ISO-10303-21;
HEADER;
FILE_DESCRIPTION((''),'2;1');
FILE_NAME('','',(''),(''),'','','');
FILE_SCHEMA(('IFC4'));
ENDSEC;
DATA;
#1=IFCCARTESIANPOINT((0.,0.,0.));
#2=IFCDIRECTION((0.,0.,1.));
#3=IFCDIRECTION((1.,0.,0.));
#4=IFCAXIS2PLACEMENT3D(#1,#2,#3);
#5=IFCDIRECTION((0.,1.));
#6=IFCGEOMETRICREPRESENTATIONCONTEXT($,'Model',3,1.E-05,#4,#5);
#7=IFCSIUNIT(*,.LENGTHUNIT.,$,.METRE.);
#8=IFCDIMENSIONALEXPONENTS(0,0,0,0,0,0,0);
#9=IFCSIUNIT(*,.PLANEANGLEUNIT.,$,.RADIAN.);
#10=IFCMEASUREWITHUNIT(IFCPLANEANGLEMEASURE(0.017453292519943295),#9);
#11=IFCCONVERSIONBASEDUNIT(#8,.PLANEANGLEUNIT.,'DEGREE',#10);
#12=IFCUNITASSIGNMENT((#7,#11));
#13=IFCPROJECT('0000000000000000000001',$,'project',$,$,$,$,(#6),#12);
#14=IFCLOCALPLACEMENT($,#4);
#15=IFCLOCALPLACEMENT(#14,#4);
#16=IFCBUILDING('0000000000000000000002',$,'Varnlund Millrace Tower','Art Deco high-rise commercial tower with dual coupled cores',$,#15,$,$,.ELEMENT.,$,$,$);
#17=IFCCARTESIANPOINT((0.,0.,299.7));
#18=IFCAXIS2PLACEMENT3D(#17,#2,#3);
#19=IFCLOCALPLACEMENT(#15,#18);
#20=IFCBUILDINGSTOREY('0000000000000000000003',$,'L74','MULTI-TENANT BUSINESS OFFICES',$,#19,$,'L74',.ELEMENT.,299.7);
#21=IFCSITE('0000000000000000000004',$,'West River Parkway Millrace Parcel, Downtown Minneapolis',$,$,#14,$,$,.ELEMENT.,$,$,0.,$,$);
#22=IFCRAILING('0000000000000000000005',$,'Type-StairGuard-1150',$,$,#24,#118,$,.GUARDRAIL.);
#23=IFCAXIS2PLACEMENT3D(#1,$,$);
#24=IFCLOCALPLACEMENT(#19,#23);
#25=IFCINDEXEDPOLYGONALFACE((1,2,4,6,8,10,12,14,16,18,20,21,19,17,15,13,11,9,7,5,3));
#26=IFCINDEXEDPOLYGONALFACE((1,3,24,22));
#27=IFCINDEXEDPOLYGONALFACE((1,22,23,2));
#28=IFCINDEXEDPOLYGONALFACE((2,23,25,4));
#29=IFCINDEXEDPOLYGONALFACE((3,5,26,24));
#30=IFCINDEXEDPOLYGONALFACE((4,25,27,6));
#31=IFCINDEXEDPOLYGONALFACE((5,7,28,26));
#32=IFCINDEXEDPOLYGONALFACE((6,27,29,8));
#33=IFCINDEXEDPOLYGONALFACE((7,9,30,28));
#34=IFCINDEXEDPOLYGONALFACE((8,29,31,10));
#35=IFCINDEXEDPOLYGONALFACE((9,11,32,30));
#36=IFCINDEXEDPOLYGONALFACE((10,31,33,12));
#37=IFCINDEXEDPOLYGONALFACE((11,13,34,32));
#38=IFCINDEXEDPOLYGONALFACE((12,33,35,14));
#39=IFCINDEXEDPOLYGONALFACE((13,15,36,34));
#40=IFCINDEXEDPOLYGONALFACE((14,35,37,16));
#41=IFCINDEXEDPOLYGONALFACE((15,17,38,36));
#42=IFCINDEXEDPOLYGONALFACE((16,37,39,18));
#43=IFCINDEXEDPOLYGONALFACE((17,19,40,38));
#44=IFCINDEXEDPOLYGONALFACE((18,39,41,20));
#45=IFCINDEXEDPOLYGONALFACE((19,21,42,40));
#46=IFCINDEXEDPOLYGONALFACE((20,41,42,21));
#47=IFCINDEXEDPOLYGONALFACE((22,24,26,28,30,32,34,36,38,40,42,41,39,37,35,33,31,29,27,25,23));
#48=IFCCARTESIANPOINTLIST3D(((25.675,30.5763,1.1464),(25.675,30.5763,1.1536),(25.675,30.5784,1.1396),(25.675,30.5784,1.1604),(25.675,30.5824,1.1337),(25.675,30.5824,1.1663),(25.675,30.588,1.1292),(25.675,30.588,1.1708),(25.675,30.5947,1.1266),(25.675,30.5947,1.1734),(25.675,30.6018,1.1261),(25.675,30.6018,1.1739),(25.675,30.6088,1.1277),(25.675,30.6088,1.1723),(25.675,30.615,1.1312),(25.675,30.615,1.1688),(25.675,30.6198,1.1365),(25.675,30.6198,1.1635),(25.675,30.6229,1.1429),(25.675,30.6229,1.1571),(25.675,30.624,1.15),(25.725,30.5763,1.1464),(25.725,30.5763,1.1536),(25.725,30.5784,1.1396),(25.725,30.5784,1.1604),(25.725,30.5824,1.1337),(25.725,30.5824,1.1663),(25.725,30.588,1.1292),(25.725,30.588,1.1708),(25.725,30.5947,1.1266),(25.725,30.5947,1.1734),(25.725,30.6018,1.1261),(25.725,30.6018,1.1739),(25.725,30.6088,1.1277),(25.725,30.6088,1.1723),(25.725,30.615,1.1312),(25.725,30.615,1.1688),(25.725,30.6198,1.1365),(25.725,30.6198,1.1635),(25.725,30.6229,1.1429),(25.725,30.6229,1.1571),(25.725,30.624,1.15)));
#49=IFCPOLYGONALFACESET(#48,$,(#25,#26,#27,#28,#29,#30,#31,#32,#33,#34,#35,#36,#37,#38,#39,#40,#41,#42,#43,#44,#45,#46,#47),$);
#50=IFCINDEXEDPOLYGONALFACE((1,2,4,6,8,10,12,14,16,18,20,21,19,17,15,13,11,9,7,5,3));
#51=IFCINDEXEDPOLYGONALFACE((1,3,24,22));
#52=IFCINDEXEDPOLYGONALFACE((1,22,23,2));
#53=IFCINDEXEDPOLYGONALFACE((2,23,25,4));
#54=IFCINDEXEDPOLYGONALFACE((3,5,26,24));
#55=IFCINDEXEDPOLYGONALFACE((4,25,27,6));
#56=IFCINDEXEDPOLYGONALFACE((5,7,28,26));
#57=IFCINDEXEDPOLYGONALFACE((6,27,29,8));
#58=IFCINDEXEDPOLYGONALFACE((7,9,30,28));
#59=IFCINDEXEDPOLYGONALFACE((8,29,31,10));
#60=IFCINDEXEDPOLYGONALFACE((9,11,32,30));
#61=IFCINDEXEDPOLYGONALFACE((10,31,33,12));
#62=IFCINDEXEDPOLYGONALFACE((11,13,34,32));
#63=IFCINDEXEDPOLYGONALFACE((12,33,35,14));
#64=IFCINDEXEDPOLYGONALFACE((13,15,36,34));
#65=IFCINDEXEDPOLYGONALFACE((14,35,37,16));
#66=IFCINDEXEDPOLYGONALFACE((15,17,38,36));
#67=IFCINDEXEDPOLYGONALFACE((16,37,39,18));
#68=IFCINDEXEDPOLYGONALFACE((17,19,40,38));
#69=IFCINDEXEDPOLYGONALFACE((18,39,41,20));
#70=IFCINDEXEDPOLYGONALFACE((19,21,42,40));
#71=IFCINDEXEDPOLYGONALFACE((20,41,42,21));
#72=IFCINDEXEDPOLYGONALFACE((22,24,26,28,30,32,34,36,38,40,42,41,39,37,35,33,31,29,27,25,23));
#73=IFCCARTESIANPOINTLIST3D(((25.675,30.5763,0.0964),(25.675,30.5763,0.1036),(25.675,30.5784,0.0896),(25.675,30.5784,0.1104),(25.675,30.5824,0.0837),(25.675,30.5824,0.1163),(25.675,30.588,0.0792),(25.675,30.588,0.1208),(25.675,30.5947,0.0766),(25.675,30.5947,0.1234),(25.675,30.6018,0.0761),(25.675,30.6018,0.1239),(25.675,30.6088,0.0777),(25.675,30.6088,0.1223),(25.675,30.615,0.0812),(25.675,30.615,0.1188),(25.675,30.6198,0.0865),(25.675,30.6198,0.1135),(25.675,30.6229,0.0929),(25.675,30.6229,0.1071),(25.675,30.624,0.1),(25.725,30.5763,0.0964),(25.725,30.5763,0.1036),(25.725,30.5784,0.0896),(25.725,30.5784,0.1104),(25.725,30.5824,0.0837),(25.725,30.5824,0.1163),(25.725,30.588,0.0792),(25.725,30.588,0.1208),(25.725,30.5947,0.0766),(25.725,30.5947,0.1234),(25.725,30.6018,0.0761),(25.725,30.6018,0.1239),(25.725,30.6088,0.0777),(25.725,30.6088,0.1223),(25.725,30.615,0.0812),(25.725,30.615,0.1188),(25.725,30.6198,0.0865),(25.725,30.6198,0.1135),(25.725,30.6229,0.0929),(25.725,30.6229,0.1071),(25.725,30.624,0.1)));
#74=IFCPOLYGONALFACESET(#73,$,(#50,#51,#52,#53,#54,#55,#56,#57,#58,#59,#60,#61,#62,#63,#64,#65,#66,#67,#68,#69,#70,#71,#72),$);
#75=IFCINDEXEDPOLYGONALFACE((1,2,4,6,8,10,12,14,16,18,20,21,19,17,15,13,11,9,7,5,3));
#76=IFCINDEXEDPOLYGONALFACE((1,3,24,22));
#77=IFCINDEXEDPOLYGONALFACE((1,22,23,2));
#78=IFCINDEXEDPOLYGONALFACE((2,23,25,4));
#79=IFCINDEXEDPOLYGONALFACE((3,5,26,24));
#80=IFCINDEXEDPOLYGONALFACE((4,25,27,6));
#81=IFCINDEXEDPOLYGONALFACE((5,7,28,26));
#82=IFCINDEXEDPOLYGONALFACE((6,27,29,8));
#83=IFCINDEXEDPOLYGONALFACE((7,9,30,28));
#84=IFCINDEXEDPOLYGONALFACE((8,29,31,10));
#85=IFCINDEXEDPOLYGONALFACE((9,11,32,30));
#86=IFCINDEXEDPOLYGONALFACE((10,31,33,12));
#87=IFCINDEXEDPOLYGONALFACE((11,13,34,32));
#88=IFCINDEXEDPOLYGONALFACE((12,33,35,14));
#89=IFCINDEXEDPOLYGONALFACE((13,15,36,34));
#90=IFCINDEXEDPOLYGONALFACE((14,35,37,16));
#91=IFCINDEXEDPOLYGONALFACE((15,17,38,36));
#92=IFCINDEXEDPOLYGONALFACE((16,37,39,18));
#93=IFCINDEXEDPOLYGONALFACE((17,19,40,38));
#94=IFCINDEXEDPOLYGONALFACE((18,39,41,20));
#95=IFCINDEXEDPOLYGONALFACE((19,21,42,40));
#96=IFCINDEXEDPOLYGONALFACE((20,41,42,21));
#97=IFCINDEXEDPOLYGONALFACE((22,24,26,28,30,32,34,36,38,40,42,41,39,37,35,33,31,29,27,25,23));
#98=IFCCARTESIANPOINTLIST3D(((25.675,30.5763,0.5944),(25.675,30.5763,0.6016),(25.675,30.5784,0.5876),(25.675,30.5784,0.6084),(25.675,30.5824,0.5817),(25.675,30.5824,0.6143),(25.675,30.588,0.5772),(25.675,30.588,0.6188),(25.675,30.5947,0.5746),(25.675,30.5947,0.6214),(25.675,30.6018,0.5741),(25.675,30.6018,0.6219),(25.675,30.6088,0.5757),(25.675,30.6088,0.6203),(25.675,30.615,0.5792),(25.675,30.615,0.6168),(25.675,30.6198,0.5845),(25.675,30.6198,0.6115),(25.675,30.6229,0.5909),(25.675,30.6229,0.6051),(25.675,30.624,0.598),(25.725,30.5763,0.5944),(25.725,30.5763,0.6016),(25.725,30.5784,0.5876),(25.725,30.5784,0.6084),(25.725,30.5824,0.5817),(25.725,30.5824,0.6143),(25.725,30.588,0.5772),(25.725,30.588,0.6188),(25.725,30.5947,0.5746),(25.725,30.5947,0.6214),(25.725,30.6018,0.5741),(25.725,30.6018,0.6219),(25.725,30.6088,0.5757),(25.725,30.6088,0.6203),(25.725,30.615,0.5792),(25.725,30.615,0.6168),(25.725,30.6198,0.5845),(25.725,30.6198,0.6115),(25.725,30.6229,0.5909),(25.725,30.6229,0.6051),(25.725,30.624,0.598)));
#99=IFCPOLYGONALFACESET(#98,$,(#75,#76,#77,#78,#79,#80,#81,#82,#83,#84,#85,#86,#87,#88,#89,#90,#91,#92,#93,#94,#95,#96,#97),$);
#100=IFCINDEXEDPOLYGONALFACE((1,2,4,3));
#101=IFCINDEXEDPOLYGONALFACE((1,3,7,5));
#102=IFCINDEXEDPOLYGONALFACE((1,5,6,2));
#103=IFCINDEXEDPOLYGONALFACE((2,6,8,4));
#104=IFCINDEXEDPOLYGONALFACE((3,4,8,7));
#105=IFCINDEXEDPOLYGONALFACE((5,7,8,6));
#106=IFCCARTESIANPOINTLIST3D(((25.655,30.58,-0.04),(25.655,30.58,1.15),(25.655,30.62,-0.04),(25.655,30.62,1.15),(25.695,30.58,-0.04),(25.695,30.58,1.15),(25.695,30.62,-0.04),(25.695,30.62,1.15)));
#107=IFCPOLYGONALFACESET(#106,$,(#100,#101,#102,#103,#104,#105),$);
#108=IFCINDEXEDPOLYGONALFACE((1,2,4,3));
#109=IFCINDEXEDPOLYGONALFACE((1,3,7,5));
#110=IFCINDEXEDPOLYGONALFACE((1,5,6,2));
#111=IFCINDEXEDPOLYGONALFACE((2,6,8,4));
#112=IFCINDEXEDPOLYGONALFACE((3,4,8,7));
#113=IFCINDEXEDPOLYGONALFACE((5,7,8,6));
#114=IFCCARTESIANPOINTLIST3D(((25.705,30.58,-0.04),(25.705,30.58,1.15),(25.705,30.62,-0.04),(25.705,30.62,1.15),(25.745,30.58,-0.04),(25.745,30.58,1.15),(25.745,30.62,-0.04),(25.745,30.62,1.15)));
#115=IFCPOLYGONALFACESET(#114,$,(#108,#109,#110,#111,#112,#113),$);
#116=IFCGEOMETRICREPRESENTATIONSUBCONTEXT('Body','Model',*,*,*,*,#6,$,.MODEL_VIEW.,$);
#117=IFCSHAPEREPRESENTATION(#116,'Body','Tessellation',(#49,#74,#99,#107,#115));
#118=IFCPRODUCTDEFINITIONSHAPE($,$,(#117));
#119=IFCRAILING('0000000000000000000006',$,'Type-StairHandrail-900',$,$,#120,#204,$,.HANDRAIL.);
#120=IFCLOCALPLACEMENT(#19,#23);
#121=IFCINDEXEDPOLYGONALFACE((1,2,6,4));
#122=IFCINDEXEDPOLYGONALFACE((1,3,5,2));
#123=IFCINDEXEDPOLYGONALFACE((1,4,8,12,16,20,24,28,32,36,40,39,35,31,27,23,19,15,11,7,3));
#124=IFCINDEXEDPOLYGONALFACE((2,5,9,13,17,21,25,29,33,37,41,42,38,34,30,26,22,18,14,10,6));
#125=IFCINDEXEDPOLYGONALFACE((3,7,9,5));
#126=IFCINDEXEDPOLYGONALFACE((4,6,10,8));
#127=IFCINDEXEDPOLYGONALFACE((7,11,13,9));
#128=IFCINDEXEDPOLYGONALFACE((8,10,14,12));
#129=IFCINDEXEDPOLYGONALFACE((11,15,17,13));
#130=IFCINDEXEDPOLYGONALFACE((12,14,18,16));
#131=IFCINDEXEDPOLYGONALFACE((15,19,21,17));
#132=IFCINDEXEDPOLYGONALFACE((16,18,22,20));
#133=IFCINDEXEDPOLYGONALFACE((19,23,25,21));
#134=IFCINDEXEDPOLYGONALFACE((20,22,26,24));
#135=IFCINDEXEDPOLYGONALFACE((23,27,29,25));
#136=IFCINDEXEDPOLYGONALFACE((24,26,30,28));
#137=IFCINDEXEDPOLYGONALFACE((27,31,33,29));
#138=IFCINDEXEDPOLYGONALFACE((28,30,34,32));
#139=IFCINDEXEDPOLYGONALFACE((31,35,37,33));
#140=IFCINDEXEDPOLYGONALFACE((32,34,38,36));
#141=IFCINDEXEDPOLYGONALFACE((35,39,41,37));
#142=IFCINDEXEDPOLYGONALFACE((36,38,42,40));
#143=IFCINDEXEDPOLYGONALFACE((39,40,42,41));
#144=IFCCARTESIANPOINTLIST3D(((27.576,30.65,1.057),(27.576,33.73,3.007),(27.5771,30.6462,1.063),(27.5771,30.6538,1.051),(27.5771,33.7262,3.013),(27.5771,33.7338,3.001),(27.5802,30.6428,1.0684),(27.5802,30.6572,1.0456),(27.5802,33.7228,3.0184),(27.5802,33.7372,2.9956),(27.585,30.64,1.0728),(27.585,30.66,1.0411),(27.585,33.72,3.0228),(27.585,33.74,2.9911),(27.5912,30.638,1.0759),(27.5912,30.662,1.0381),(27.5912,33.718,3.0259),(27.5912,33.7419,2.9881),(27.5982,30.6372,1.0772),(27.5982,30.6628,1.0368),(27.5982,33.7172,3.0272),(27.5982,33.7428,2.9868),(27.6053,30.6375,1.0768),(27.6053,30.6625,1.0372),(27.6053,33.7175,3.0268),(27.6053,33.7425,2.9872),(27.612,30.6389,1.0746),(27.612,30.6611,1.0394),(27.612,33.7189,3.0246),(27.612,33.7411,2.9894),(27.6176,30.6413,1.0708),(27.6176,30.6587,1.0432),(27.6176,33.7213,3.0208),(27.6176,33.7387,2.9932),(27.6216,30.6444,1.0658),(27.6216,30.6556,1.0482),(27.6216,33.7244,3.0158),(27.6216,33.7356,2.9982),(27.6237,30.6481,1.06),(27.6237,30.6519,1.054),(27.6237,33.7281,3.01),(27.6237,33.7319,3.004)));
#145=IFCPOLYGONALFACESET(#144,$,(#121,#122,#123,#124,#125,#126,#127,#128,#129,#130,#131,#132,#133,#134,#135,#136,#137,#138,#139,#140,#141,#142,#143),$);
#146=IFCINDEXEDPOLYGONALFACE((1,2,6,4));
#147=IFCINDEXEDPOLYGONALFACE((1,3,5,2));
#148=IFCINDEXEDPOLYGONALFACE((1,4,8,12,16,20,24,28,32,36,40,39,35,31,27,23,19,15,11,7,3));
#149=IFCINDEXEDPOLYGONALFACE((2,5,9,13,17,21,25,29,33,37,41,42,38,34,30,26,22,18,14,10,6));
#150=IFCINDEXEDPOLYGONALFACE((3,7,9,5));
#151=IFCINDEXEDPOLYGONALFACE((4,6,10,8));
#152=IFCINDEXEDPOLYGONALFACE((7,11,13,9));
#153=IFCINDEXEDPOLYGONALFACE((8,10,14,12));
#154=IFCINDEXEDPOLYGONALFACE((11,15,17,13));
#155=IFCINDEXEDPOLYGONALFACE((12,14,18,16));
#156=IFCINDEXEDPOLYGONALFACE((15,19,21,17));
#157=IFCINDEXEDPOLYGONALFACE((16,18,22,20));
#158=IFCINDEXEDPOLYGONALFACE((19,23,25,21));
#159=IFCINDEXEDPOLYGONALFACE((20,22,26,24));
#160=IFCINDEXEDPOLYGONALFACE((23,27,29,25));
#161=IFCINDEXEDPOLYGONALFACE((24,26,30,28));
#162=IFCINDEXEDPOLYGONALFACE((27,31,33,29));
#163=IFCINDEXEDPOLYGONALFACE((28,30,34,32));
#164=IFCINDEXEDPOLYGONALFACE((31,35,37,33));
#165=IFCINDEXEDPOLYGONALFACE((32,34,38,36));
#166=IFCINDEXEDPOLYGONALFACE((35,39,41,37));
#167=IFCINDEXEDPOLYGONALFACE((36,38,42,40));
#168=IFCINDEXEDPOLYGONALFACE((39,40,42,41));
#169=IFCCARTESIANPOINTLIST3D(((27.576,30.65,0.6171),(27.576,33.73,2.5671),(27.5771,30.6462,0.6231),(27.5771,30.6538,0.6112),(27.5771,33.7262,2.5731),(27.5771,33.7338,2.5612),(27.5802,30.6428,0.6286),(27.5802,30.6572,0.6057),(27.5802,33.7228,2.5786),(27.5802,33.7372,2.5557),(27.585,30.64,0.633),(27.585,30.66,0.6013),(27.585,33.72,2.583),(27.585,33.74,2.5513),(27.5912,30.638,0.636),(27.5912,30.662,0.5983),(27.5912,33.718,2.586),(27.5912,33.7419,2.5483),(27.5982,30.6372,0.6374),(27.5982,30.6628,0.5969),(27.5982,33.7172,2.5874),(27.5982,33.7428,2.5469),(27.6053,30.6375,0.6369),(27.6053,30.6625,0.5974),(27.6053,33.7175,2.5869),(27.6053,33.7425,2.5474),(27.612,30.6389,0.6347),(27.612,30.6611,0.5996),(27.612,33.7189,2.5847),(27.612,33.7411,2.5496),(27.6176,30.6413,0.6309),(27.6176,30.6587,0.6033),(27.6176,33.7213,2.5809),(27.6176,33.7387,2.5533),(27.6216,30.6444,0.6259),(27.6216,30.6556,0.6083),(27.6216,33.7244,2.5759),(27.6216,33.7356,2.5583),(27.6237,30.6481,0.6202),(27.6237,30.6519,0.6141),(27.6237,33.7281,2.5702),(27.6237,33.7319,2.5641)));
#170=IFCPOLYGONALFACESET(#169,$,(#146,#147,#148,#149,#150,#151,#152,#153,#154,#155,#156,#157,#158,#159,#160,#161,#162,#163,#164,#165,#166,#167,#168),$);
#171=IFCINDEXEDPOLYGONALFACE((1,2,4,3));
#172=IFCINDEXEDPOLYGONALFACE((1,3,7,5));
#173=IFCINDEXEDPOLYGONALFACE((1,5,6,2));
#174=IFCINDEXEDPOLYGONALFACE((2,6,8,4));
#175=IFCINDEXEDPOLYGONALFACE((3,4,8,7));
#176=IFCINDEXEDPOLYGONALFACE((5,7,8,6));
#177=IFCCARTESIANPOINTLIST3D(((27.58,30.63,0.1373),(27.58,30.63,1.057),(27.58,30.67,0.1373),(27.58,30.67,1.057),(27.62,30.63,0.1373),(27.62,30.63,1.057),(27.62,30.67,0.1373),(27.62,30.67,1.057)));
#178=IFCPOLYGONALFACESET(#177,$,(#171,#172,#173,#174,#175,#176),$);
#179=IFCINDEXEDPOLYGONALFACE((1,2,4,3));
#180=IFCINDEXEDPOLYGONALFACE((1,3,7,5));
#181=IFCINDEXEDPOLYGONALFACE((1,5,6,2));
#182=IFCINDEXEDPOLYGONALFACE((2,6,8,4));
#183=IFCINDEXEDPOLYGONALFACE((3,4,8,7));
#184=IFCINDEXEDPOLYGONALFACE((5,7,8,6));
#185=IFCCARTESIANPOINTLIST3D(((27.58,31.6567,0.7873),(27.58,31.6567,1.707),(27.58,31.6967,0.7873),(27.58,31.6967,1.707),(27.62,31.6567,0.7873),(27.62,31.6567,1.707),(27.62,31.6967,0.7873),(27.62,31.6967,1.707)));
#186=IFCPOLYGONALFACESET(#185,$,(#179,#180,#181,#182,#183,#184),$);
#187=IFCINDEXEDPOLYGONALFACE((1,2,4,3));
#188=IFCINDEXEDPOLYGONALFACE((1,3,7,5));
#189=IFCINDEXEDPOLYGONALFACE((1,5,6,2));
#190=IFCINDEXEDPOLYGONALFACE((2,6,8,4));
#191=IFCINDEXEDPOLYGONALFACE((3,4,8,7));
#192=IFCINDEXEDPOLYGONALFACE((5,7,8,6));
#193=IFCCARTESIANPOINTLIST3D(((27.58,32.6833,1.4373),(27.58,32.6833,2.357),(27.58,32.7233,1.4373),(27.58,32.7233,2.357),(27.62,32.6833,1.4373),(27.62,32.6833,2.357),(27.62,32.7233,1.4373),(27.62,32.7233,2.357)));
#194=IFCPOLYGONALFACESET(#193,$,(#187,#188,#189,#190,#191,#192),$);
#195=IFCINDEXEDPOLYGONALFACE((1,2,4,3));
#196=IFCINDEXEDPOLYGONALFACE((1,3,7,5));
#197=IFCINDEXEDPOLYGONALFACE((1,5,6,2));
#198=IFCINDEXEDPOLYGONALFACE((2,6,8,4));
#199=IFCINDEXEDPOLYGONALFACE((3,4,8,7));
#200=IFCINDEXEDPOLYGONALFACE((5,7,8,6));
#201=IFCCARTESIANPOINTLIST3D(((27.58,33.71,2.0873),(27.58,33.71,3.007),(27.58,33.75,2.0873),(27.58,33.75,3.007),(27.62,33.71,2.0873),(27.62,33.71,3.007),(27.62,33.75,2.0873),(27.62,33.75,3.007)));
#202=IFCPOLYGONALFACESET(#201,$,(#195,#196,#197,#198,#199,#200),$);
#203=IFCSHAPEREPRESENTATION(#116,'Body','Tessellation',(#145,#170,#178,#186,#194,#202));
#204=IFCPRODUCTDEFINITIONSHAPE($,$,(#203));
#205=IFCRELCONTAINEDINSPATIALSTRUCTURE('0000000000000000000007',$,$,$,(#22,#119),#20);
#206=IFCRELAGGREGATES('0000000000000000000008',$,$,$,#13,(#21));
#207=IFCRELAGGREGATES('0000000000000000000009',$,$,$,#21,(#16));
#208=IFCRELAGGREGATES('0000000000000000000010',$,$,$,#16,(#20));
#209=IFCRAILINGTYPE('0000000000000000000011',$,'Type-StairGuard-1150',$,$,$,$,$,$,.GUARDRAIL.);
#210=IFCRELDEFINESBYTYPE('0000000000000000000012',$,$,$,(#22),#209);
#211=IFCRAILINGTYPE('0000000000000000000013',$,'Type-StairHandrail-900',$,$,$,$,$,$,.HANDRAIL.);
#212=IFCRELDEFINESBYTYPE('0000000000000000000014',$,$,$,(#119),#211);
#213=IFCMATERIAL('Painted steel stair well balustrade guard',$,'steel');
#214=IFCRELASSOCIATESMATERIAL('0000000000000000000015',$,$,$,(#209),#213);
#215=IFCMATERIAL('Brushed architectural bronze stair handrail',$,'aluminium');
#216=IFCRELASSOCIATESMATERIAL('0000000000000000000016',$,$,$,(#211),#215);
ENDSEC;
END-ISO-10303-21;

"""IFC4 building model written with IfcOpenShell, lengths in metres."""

from ifc_helpers import new_model, entity, si_unit, converted_unit, direction, frame, origin_with_axes, origin_2d_with_axis, place, context, subcontext, project, spatial, rectangle, circle, extrude, material, type_object, element, save


model = new_model("IFC4")

# Units and contexts
model_context = context("Model", 3, precision=1e-05, world=origin_with_axes(), true_north=direction((0.0, 1.0)))
body_context = subcontext(model_context, "Body", "Model", "MODEL_VIEW")
ifc_project = project(units=[si_unit("LENGTHUNIT", "METRE"), converted_unit("PLANEANGLEUNIT", "DEGREE", entity("IfcPlaneAngleMeasure", 0.017453292519943295), si_unit("PLANEANGLEUNIT", "RADIAN"), dimensions=[0, 0, 0, 0, 0, 0, 0])], contexts=[model_context])

# Site, building, storey
site_placement = place(None, origin_with_axes())
site = spatial("IfcSite", under=ifc_project, at=site_placement, Name="West River Parkway Millrace Parcel, Downtown Minneapolis", CompositionType="ELEMENT", RefElevation=0.0)
building_placement = place(site_placement, origin_with_axes())
building = spatial("IfcBuilding", under=site, at=building_placement, Name="Varnlund Millrace Tower", Description="Art Deco high-rise commercial tower with dual coupled cores", CompositionType="ELEMENT")
storey_placement = place(building_placement, frame((0.0, 0.0, 299.7), z_axis=(0.0, 0.0, 1.0), x_axis=(1.0, 0.0, 0.0)))
storey = spatial("IfcBuildingStorey", under=building, at=storey_placement, Name="L74", Description="MULTI-TENANT BUSINESS OFFICES", LongName="L74", CompositionType="ELEMENT", Elevation=299.7)

# Railings
ifc_material_1 = material(Name="Painted steel stair well balustrade guard", Category="steel")
railing_type_1 = type_object("IfcRailingType", Name="Type-StairGuard-1150", PredefinedType="GUARDRAIL", material=ifc_material_1)
railing_1_placement = place(storey_placement, frame((0.0, 0.0, -299.7), z_axis=(0.0, 0.0, 1.0), x_axis=(1.0, 0.0, 0.0)))
element("IfcRailing", 1, at=railing_1_placement, inside=storey, type_object=railing_type_1, Name="Type-StairGuard-1150", PredefinedType="GUARDRAIL", context=body_context, shape_type="SweptSolid", body=[
    extrude(circle(Radius=0.024, at=origin_2d_with_axis()), frame((25.675, 30.6, 300.85), z_axis=(1.0, 0.0, 0.0), x_axis=(0.0, 1.0, 0.0)), (0.0, 0.0, 1.0), 0.05),
    extrude(circle(Radius=0.024, at=origin_2d_with_axis()), frame((25.675, 30.6, 299.8), z_axis=(1.0, 0.0, 0.0), x_axis=(0.0, 1.0, 0.0)), (0.0, 0.0, 1.0), 0.05),
    extrude(circle(Radius=0.024, at=origin_2d_with_axis()), frame((25.675, 30.6, 300.298), z_axis=(1.0, 0.0, 0.0), x_axis=(0.0, 1.0, 0.0)), (0.0, 0.0, 1.0), 0.05),
    extrude(rectangle(XDim=0.04, YDim=0.04, at=origin_2d_with_axis()), frame((25.675, 30.6, 299.66), z_axis=(0.0, 0.0, 1.0), x_axis=(1.0, 0.0, 0.0)), (0.0, 0.0, 1.0), 1.19),
    extrude(rectangle(XDim=0.04, YDim=0.04, at=origin_2d_with_axis()), frame((25.725, 30.6, 299.66), z_axis=(0.0, 0.0, 1.0), x_axis=(1.0, 0.0, 0.0)), (0.0, 0.0, 1.0), 1.19),
])
ifc_material_2 = material(Name="Brushed architectural bronze stair handrail", Category="aluminium")
railing_type_2 = type_object("IfcRailingType", Name="Type-StairHandrail-900", PredefinedType="HANDRAIL", material=ifc_material_2)
railing_2_placement = place(storey_placement, frame((0.0, 0.0, -299.7), z_axis=(0.0, 0.0, 1.0), x_axis=(1.0, 0.0, 0.0)))
element("IfcRailing", 2, at=railing_2_placement, inside=storey, type_object=railing_type_2, Name="Type-StairHandrail-900", PredefinedType="HANDRAIL", context=body_context, shape_type="SweptSolid", body=[
    extrude(circle(Radius=0.024, at=origin_2d_with_axis()), frame((27.6, 30.65, 300.757), z_axis=(0.0, 0.844902, 0.534922), x_axis=(-1.0, 0.0, 0.0)), (0.0, 0.0, 1.0), 3.6454),
    extrude(circle(Radius=0.024, at=origin_2d_with_axis()), frame((27.6, 30.65, 300.3171), z_axis=(0.0, 0.844902, 0.534922), x_axis=(-1.0, 0.0, 0.0)), (0.0, 0.0, 1.0), 3.6454),
    extrude(rectangle(XDim=0.04, YDim=0.04, at=origin_2d_with_axis()), frame((27.6, 30.65, 299.8373), z_axis=(0.0, 0.0, 1.0), x_axis=(1.0, 0.0, 0.0)), (0.0, 0.0, 1.0), 0.9197),
    extrude(rectangle(XDim=0.04, YDim=0.04, at=origin_2d_with_axis()), frame((27.6, 31.6767, 300.4873), z_axis=(0.0, 0.0, 1.0), x_axis=(1.0, 0.0, 0.0)), (0.0, 0.0, 1.0), 0.9197),
    extrude(rectangle(XDim=0.04, YDim=0.04, at=origin_2d_with_axis()), frame((27.6, 32.7033, 301.1373), z_axis=(0.0, 0.0, 1.0), x_axis=(1.0, 0.0, 0.0)), (0.0, 0.0, 1.0), 0.9197),
    extrude(rectangle(XDim=0.04, YDim=0.04, at=origin_2d_with_axis()), frame((27.6, 33.73, 301.7873), z_axis=(0.0, 0.0, 1.0), x_axis=(1.0, 0.0, 0.0)), (0.0, 0.0, 1.0), 0.9197),
])

save(model, "model.ifc")
